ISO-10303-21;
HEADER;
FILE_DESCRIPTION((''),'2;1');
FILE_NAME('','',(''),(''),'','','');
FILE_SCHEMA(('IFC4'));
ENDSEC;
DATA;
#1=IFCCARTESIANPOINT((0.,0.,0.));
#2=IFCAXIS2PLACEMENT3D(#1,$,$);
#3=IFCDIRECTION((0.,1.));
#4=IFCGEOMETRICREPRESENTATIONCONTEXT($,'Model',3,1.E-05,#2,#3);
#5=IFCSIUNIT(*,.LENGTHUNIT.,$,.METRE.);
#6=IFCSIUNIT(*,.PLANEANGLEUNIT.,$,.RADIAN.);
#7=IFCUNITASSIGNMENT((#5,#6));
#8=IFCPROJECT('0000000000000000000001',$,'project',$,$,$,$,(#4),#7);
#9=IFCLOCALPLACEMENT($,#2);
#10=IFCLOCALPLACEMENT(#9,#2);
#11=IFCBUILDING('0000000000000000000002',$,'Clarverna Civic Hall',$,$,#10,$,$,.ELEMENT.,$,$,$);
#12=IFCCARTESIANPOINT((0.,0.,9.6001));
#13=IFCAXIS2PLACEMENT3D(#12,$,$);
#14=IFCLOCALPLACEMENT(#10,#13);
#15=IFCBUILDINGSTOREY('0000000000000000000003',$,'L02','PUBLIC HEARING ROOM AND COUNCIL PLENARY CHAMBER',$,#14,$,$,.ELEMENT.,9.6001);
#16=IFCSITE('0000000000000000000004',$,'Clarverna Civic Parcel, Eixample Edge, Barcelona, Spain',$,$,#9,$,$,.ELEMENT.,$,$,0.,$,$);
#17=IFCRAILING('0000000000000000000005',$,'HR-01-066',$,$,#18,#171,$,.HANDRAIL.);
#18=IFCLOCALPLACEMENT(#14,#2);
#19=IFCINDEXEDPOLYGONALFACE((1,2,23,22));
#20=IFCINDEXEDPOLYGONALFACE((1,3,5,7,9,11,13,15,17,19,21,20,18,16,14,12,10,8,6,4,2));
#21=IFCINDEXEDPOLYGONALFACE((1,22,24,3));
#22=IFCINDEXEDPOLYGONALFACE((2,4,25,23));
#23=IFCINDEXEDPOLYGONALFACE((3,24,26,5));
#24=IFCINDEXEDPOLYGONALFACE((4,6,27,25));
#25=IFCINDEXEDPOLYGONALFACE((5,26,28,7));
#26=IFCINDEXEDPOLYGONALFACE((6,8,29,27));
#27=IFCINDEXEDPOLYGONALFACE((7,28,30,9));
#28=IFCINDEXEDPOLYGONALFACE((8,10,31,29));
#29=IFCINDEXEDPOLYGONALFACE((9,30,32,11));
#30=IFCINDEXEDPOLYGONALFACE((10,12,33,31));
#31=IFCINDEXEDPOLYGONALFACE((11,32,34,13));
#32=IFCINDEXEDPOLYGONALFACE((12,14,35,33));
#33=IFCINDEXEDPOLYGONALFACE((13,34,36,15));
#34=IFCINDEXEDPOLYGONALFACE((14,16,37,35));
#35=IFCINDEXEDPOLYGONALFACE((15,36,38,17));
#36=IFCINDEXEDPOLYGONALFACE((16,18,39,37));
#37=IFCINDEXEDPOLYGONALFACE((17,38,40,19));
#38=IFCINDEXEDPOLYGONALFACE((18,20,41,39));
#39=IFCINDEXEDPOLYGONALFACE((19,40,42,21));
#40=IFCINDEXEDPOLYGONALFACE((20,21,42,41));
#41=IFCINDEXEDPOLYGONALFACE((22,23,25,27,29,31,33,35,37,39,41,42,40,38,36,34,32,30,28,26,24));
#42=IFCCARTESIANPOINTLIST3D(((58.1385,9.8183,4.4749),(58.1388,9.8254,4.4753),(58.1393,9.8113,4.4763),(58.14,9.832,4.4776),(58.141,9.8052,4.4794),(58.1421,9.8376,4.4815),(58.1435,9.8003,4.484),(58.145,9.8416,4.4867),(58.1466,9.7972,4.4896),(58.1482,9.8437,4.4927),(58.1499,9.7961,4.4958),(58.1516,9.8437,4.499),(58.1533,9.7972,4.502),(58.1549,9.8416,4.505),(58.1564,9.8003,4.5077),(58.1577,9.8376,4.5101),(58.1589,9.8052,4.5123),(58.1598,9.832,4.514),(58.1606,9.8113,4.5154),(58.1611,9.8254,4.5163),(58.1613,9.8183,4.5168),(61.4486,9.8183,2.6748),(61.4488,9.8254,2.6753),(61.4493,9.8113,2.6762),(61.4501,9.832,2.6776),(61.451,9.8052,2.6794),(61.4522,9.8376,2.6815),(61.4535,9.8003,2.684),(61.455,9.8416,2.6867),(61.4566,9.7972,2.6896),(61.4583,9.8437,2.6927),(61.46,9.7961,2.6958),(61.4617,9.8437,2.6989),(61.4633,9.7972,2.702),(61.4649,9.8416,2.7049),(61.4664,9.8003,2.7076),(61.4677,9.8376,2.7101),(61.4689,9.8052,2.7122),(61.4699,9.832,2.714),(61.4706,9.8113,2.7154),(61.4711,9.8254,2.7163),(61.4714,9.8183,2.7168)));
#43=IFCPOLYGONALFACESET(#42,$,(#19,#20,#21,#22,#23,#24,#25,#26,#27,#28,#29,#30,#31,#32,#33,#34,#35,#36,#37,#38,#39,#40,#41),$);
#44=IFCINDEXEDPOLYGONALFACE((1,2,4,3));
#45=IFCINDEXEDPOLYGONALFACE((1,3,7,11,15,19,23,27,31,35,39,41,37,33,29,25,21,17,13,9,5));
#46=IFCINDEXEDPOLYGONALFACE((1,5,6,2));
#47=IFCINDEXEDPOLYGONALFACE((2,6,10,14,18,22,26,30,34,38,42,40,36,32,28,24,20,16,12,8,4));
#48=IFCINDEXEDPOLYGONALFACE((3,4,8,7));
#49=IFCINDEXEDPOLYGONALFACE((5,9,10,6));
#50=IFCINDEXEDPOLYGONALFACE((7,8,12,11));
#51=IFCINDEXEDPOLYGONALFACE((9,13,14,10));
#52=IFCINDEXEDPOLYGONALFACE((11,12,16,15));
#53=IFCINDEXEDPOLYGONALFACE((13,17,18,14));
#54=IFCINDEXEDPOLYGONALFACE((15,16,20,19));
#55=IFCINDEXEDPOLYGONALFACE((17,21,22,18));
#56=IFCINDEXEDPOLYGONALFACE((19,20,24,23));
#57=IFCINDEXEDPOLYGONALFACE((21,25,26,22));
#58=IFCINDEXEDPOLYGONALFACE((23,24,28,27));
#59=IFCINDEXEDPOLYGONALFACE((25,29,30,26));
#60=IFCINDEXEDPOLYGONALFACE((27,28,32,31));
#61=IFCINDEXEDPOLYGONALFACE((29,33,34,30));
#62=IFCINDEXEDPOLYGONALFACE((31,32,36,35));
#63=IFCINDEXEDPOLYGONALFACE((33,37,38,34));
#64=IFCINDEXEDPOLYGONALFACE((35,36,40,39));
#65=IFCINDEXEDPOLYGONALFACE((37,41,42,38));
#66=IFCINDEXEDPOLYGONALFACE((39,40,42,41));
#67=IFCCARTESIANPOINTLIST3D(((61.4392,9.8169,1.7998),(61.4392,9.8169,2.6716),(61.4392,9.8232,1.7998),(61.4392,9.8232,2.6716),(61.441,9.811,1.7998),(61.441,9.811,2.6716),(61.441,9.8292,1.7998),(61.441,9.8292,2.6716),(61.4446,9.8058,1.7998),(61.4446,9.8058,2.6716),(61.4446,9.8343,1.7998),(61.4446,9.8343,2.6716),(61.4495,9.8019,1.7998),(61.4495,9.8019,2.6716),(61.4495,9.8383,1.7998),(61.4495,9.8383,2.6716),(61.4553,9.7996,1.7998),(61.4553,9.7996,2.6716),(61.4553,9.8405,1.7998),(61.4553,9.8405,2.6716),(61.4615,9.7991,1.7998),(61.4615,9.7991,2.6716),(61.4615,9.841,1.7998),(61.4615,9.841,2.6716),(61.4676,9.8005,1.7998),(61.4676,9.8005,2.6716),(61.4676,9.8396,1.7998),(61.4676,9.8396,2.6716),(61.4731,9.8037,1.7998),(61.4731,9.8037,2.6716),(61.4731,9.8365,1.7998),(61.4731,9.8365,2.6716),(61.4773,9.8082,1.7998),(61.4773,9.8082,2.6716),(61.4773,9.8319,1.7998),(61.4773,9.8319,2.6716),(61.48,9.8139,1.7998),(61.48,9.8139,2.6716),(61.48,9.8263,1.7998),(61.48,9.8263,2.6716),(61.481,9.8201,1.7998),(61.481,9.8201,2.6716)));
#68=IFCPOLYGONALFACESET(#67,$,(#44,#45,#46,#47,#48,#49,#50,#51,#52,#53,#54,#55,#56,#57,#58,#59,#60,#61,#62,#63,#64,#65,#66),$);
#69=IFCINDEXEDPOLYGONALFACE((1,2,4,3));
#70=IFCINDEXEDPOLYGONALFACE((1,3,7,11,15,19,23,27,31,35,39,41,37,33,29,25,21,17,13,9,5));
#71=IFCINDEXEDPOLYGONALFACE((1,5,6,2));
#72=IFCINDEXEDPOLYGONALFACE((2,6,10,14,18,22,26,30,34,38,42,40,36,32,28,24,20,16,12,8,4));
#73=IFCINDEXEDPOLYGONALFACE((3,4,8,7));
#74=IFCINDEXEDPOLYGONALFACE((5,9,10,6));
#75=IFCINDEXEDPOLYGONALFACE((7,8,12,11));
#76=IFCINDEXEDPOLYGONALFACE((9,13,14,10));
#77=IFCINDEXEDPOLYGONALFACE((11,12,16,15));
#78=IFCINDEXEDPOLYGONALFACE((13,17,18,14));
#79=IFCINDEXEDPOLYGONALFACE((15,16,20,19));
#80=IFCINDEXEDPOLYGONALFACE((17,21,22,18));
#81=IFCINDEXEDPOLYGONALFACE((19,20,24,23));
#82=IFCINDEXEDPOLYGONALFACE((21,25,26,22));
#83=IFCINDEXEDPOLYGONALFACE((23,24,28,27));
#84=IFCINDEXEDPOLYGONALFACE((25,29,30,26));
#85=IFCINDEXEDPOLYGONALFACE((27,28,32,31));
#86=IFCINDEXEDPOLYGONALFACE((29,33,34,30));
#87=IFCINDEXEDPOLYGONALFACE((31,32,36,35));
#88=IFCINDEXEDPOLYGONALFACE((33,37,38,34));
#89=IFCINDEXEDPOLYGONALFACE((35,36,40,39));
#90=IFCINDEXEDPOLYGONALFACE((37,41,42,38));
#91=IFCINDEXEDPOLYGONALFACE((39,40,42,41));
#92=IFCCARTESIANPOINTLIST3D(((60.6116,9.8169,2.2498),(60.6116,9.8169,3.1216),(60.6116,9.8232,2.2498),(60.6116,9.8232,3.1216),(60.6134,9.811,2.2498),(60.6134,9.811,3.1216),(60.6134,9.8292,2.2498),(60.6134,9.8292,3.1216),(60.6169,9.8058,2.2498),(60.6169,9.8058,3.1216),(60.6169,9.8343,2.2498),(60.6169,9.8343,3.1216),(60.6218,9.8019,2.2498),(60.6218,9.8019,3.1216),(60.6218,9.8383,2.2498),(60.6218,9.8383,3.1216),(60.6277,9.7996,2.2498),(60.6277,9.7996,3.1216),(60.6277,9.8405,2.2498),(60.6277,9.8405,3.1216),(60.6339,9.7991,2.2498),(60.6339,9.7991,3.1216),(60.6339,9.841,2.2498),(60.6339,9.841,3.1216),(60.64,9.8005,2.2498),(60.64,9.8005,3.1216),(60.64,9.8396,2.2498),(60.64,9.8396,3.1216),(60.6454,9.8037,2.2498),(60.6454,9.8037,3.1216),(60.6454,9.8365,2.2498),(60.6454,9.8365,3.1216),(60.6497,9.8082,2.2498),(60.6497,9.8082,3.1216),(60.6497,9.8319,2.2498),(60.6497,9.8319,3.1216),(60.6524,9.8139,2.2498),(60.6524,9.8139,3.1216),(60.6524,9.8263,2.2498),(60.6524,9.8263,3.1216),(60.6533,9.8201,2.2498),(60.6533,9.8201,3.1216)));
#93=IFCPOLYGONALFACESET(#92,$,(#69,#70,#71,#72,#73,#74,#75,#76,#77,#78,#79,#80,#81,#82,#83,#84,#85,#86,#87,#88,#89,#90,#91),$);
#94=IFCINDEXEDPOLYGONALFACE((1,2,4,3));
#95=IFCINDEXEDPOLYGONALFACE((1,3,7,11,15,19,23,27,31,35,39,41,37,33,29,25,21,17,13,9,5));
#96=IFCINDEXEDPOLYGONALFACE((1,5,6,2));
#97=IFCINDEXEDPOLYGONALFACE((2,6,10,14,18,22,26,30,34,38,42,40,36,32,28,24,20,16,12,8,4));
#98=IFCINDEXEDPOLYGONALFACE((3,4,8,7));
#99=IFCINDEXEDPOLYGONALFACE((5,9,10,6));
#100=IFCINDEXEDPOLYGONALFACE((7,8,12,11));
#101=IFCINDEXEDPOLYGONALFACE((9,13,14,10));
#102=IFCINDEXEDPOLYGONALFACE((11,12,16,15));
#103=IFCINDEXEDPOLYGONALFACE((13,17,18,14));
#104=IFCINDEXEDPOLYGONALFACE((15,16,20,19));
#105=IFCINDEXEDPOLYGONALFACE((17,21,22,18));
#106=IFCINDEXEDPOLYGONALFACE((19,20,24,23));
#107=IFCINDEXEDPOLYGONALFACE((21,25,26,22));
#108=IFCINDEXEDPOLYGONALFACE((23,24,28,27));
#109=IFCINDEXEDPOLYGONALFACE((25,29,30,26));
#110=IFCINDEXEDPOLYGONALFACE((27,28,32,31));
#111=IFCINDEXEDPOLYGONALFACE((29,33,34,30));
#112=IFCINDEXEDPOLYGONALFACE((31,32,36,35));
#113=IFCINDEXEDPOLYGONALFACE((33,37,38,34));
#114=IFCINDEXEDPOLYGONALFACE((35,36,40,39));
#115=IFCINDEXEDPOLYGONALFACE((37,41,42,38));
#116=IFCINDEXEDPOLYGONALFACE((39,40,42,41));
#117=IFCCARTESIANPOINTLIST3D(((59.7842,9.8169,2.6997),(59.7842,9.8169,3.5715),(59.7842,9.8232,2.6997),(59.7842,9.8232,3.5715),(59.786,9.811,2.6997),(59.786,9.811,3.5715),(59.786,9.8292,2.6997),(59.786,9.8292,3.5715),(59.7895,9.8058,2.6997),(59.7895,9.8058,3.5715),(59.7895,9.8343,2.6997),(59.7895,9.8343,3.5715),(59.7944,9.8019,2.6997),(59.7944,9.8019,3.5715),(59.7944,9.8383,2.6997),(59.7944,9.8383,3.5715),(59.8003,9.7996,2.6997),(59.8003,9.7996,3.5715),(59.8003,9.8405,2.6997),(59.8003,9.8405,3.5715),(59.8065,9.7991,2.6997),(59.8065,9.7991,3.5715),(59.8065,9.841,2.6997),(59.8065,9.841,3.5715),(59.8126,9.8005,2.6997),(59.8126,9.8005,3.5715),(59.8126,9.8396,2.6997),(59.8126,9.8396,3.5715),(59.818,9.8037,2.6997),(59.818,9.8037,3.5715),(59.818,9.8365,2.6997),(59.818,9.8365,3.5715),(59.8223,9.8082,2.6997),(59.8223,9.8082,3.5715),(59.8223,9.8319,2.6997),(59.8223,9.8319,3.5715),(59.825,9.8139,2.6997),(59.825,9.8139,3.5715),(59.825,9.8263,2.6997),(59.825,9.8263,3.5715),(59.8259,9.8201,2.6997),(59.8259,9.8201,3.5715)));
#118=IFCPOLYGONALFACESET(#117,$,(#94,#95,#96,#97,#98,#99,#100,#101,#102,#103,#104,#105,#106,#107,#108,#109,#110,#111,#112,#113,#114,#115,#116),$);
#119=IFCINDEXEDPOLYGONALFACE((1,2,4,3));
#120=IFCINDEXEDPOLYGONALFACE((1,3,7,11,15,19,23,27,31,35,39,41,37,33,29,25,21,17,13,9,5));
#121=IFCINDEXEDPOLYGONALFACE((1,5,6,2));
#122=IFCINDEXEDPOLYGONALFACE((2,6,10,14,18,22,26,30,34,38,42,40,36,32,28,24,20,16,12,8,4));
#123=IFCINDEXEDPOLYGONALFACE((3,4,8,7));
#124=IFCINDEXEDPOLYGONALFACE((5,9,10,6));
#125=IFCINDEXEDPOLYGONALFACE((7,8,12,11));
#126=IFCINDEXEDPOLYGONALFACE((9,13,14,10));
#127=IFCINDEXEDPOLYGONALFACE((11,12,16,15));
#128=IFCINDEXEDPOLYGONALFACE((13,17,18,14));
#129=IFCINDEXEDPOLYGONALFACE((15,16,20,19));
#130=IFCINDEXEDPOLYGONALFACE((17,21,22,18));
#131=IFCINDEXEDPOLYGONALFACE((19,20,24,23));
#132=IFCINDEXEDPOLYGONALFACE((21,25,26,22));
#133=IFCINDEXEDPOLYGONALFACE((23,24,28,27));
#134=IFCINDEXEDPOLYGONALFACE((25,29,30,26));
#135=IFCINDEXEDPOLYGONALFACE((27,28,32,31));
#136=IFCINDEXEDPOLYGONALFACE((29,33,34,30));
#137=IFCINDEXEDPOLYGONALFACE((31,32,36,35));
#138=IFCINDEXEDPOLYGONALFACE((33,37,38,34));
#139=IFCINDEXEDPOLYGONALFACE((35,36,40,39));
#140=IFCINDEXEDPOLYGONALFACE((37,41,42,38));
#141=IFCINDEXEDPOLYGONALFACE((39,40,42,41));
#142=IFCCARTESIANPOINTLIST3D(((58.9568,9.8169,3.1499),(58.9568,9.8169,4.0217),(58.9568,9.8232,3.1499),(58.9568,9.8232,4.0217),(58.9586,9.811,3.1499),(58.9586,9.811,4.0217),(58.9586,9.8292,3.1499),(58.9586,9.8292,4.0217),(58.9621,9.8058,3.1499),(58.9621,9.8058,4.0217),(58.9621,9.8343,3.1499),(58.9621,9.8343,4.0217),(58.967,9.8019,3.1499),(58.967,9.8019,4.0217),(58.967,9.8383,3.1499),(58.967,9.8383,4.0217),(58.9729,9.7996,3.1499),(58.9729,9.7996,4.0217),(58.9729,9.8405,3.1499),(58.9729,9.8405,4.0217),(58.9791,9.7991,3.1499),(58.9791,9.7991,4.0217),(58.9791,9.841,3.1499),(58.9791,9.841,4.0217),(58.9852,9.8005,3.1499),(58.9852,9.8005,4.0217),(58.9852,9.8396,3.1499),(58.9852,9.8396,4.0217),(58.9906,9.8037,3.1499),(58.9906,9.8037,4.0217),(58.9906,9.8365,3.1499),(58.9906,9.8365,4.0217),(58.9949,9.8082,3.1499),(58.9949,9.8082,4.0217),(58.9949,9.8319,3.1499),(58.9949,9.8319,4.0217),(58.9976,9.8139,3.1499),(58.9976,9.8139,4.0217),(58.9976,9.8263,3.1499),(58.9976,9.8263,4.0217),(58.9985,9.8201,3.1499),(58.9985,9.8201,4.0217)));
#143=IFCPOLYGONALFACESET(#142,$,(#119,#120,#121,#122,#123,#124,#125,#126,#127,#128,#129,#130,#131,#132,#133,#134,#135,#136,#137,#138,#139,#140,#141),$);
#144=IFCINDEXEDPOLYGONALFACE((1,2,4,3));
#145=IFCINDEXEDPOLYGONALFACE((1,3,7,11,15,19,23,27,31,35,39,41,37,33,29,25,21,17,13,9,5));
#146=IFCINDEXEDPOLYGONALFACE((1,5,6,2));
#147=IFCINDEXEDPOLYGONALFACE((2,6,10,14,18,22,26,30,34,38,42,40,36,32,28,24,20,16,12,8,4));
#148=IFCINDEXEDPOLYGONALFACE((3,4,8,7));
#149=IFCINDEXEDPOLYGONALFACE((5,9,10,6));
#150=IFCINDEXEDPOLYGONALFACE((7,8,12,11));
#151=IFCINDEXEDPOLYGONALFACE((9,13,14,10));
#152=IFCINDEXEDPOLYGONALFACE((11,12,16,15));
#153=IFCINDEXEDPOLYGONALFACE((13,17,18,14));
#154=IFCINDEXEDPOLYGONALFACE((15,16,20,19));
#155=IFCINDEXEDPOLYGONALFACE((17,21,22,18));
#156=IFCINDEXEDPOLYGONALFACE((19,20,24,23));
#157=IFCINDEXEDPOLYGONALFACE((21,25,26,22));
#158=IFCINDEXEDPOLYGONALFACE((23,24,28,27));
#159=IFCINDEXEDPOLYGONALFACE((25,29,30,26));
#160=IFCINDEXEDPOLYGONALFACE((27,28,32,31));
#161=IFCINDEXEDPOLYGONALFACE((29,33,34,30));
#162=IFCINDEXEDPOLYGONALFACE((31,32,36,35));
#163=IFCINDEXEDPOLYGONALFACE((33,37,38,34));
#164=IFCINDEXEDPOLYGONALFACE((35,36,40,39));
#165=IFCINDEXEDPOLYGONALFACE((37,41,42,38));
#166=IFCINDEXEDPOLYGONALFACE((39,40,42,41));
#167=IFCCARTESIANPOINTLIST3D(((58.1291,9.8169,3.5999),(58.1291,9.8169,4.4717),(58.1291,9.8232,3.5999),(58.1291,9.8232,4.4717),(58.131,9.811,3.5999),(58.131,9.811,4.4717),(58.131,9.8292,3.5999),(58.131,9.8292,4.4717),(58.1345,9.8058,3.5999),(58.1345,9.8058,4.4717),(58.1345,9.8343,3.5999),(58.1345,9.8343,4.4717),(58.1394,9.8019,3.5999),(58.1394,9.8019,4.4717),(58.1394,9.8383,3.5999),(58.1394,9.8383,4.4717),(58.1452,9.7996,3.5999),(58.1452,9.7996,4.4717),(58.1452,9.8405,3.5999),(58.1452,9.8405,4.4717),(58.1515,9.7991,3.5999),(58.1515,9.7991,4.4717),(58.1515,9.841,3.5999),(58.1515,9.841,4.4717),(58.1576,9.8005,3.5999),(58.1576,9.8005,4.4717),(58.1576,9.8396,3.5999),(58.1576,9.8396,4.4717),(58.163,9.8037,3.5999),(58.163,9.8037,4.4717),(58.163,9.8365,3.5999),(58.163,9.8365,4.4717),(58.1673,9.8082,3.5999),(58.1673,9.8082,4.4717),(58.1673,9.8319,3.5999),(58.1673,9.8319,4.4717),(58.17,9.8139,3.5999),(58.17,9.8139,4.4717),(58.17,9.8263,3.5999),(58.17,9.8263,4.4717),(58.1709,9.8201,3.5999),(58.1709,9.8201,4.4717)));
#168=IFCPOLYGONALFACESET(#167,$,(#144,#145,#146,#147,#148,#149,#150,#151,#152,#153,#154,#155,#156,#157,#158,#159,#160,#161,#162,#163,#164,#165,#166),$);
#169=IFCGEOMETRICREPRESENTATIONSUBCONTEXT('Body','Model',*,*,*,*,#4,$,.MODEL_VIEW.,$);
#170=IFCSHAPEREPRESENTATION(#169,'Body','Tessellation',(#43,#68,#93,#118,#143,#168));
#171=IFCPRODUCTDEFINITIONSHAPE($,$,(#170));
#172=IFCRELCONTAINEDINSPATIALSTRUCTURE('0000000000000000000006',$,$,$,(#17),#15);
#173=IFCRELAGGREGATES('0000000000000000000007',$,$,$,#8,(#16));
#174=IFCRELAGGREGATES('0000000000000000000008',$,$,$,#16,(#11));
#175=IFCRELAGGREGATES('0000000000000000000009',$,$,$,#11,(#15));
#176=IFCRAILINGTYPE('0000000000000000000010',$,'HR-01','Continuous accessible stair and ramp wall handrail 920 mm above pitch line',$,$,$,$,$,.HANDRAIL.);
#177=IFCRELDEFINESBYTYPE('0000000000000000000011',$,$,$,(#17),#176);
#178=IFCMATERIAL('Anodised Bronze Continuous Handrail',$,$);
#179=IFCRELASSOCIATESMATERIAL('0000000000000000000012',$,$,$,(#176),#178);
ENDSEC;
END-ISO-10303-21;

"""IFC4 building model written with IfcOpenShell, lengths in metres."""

from ifc_helpers import new_model, si_unit, direction, frame, origin, origin_2d, place, context, subcontext, project, spatial, circle, extrude, material, type_object, element, save


model = new_model("IFC4")

# Units and contexts
model_context = context("Model", 3, precision=1e-05, world=origin(), true_north=direction((0.0, 1.0)))
body_context = subcontext(model_context, "Body", "Model", "MODEL_VIEW")
ifc_project = project(units=[si_unit("LENGTHUNIT", "METRE"), si_unit("PLANEANGLEUNIT", "RADIAN")], contexts=[model_context])

# Site, building, storey
site_placement = place(None, origin())
site = spatial("IfcSite", under=ifc_project, at=site_placement, Name="Clarverna Civic Parcel, Eixample Edge, Barcelona, Spain", CompositionType="ELEMENT", RefElevation=0.0)
building_placement = place(site_placement, origin())
building = spatial("IfcBuilding", under=site, at=building_placement, Name="Clarverna Civic Hall", CompositionType="ELEMENT")
storey_placement = place(building_placement, frame((0.0, 0.0, 9.6001)))
storey = spatial("IfcBuildingStorey", under=building, at=storey_placement, Name="L02", Description="PUBLIC HEARING ROOM AND COUNCIL PLENARY CHAMBER", CompositionType="ELEMENT", Elevation=9.6001)

# Railing
ifc_material_1 = material(Name="Anodised Bronze Continuous Handrail")
railing_type_1 = type_object("IfcRailingType", Name="HR-01", Description="Continuous accessible stair and ramp wall handrail 920 mm above pitch line", PredefinedType="HANDRAIL", material=ifc_material_1)
railing_1_placement = place(storey_placement, frame((61.46, 9.8201, 1.7998)))
element("IfcRailing", 1, at=railing_1_placement, inside=storey, type_object=railing_type_1, Name="HR-01-066", PredefinedType="HANDRAIL", context=body_context, shape_type="SweptSolid", body=[
    extrude(circle(Radius=0.0239, at=origin_2d()), frame((0.0, 0.0, 0.896), z_axis=(-0.878502, 0.0, 0.477739), x_axis=(0.0, -1.0, 0.0)), (0.0, 0.0, 1.0), 3.7678),
    extrude(circle(Radius=0.021, at=origin_2d()), origin(), (0.0, 0.0, 1.0), 0.8718),
    extrude(circle(Radius=0.021, at=origin_2d()), frame((-0.8276, 0.0, 0.45)), (0.0, 0.0, 1.0), 0.8718),
    extrude(circle(Radius=0.021, at=origin_2d()), frame((-1.655, 0.0, 0.8999)), (0.0, 0.0, 1.0), 0.8718),
    extrude(circle(Radius=0.021, at=origin_2d()), frame((-2.4824, 0.0, 1.3501)), (0.0, 0.0, 1.0), 0.8718),
    extrude(circle(Radius=0.021, at=origin_2d()), frame((-3.3101, 0.0, 1.8)), (0.0, 0.0, 1.0), 0.8718),
])

save(model, "model.ifc")
